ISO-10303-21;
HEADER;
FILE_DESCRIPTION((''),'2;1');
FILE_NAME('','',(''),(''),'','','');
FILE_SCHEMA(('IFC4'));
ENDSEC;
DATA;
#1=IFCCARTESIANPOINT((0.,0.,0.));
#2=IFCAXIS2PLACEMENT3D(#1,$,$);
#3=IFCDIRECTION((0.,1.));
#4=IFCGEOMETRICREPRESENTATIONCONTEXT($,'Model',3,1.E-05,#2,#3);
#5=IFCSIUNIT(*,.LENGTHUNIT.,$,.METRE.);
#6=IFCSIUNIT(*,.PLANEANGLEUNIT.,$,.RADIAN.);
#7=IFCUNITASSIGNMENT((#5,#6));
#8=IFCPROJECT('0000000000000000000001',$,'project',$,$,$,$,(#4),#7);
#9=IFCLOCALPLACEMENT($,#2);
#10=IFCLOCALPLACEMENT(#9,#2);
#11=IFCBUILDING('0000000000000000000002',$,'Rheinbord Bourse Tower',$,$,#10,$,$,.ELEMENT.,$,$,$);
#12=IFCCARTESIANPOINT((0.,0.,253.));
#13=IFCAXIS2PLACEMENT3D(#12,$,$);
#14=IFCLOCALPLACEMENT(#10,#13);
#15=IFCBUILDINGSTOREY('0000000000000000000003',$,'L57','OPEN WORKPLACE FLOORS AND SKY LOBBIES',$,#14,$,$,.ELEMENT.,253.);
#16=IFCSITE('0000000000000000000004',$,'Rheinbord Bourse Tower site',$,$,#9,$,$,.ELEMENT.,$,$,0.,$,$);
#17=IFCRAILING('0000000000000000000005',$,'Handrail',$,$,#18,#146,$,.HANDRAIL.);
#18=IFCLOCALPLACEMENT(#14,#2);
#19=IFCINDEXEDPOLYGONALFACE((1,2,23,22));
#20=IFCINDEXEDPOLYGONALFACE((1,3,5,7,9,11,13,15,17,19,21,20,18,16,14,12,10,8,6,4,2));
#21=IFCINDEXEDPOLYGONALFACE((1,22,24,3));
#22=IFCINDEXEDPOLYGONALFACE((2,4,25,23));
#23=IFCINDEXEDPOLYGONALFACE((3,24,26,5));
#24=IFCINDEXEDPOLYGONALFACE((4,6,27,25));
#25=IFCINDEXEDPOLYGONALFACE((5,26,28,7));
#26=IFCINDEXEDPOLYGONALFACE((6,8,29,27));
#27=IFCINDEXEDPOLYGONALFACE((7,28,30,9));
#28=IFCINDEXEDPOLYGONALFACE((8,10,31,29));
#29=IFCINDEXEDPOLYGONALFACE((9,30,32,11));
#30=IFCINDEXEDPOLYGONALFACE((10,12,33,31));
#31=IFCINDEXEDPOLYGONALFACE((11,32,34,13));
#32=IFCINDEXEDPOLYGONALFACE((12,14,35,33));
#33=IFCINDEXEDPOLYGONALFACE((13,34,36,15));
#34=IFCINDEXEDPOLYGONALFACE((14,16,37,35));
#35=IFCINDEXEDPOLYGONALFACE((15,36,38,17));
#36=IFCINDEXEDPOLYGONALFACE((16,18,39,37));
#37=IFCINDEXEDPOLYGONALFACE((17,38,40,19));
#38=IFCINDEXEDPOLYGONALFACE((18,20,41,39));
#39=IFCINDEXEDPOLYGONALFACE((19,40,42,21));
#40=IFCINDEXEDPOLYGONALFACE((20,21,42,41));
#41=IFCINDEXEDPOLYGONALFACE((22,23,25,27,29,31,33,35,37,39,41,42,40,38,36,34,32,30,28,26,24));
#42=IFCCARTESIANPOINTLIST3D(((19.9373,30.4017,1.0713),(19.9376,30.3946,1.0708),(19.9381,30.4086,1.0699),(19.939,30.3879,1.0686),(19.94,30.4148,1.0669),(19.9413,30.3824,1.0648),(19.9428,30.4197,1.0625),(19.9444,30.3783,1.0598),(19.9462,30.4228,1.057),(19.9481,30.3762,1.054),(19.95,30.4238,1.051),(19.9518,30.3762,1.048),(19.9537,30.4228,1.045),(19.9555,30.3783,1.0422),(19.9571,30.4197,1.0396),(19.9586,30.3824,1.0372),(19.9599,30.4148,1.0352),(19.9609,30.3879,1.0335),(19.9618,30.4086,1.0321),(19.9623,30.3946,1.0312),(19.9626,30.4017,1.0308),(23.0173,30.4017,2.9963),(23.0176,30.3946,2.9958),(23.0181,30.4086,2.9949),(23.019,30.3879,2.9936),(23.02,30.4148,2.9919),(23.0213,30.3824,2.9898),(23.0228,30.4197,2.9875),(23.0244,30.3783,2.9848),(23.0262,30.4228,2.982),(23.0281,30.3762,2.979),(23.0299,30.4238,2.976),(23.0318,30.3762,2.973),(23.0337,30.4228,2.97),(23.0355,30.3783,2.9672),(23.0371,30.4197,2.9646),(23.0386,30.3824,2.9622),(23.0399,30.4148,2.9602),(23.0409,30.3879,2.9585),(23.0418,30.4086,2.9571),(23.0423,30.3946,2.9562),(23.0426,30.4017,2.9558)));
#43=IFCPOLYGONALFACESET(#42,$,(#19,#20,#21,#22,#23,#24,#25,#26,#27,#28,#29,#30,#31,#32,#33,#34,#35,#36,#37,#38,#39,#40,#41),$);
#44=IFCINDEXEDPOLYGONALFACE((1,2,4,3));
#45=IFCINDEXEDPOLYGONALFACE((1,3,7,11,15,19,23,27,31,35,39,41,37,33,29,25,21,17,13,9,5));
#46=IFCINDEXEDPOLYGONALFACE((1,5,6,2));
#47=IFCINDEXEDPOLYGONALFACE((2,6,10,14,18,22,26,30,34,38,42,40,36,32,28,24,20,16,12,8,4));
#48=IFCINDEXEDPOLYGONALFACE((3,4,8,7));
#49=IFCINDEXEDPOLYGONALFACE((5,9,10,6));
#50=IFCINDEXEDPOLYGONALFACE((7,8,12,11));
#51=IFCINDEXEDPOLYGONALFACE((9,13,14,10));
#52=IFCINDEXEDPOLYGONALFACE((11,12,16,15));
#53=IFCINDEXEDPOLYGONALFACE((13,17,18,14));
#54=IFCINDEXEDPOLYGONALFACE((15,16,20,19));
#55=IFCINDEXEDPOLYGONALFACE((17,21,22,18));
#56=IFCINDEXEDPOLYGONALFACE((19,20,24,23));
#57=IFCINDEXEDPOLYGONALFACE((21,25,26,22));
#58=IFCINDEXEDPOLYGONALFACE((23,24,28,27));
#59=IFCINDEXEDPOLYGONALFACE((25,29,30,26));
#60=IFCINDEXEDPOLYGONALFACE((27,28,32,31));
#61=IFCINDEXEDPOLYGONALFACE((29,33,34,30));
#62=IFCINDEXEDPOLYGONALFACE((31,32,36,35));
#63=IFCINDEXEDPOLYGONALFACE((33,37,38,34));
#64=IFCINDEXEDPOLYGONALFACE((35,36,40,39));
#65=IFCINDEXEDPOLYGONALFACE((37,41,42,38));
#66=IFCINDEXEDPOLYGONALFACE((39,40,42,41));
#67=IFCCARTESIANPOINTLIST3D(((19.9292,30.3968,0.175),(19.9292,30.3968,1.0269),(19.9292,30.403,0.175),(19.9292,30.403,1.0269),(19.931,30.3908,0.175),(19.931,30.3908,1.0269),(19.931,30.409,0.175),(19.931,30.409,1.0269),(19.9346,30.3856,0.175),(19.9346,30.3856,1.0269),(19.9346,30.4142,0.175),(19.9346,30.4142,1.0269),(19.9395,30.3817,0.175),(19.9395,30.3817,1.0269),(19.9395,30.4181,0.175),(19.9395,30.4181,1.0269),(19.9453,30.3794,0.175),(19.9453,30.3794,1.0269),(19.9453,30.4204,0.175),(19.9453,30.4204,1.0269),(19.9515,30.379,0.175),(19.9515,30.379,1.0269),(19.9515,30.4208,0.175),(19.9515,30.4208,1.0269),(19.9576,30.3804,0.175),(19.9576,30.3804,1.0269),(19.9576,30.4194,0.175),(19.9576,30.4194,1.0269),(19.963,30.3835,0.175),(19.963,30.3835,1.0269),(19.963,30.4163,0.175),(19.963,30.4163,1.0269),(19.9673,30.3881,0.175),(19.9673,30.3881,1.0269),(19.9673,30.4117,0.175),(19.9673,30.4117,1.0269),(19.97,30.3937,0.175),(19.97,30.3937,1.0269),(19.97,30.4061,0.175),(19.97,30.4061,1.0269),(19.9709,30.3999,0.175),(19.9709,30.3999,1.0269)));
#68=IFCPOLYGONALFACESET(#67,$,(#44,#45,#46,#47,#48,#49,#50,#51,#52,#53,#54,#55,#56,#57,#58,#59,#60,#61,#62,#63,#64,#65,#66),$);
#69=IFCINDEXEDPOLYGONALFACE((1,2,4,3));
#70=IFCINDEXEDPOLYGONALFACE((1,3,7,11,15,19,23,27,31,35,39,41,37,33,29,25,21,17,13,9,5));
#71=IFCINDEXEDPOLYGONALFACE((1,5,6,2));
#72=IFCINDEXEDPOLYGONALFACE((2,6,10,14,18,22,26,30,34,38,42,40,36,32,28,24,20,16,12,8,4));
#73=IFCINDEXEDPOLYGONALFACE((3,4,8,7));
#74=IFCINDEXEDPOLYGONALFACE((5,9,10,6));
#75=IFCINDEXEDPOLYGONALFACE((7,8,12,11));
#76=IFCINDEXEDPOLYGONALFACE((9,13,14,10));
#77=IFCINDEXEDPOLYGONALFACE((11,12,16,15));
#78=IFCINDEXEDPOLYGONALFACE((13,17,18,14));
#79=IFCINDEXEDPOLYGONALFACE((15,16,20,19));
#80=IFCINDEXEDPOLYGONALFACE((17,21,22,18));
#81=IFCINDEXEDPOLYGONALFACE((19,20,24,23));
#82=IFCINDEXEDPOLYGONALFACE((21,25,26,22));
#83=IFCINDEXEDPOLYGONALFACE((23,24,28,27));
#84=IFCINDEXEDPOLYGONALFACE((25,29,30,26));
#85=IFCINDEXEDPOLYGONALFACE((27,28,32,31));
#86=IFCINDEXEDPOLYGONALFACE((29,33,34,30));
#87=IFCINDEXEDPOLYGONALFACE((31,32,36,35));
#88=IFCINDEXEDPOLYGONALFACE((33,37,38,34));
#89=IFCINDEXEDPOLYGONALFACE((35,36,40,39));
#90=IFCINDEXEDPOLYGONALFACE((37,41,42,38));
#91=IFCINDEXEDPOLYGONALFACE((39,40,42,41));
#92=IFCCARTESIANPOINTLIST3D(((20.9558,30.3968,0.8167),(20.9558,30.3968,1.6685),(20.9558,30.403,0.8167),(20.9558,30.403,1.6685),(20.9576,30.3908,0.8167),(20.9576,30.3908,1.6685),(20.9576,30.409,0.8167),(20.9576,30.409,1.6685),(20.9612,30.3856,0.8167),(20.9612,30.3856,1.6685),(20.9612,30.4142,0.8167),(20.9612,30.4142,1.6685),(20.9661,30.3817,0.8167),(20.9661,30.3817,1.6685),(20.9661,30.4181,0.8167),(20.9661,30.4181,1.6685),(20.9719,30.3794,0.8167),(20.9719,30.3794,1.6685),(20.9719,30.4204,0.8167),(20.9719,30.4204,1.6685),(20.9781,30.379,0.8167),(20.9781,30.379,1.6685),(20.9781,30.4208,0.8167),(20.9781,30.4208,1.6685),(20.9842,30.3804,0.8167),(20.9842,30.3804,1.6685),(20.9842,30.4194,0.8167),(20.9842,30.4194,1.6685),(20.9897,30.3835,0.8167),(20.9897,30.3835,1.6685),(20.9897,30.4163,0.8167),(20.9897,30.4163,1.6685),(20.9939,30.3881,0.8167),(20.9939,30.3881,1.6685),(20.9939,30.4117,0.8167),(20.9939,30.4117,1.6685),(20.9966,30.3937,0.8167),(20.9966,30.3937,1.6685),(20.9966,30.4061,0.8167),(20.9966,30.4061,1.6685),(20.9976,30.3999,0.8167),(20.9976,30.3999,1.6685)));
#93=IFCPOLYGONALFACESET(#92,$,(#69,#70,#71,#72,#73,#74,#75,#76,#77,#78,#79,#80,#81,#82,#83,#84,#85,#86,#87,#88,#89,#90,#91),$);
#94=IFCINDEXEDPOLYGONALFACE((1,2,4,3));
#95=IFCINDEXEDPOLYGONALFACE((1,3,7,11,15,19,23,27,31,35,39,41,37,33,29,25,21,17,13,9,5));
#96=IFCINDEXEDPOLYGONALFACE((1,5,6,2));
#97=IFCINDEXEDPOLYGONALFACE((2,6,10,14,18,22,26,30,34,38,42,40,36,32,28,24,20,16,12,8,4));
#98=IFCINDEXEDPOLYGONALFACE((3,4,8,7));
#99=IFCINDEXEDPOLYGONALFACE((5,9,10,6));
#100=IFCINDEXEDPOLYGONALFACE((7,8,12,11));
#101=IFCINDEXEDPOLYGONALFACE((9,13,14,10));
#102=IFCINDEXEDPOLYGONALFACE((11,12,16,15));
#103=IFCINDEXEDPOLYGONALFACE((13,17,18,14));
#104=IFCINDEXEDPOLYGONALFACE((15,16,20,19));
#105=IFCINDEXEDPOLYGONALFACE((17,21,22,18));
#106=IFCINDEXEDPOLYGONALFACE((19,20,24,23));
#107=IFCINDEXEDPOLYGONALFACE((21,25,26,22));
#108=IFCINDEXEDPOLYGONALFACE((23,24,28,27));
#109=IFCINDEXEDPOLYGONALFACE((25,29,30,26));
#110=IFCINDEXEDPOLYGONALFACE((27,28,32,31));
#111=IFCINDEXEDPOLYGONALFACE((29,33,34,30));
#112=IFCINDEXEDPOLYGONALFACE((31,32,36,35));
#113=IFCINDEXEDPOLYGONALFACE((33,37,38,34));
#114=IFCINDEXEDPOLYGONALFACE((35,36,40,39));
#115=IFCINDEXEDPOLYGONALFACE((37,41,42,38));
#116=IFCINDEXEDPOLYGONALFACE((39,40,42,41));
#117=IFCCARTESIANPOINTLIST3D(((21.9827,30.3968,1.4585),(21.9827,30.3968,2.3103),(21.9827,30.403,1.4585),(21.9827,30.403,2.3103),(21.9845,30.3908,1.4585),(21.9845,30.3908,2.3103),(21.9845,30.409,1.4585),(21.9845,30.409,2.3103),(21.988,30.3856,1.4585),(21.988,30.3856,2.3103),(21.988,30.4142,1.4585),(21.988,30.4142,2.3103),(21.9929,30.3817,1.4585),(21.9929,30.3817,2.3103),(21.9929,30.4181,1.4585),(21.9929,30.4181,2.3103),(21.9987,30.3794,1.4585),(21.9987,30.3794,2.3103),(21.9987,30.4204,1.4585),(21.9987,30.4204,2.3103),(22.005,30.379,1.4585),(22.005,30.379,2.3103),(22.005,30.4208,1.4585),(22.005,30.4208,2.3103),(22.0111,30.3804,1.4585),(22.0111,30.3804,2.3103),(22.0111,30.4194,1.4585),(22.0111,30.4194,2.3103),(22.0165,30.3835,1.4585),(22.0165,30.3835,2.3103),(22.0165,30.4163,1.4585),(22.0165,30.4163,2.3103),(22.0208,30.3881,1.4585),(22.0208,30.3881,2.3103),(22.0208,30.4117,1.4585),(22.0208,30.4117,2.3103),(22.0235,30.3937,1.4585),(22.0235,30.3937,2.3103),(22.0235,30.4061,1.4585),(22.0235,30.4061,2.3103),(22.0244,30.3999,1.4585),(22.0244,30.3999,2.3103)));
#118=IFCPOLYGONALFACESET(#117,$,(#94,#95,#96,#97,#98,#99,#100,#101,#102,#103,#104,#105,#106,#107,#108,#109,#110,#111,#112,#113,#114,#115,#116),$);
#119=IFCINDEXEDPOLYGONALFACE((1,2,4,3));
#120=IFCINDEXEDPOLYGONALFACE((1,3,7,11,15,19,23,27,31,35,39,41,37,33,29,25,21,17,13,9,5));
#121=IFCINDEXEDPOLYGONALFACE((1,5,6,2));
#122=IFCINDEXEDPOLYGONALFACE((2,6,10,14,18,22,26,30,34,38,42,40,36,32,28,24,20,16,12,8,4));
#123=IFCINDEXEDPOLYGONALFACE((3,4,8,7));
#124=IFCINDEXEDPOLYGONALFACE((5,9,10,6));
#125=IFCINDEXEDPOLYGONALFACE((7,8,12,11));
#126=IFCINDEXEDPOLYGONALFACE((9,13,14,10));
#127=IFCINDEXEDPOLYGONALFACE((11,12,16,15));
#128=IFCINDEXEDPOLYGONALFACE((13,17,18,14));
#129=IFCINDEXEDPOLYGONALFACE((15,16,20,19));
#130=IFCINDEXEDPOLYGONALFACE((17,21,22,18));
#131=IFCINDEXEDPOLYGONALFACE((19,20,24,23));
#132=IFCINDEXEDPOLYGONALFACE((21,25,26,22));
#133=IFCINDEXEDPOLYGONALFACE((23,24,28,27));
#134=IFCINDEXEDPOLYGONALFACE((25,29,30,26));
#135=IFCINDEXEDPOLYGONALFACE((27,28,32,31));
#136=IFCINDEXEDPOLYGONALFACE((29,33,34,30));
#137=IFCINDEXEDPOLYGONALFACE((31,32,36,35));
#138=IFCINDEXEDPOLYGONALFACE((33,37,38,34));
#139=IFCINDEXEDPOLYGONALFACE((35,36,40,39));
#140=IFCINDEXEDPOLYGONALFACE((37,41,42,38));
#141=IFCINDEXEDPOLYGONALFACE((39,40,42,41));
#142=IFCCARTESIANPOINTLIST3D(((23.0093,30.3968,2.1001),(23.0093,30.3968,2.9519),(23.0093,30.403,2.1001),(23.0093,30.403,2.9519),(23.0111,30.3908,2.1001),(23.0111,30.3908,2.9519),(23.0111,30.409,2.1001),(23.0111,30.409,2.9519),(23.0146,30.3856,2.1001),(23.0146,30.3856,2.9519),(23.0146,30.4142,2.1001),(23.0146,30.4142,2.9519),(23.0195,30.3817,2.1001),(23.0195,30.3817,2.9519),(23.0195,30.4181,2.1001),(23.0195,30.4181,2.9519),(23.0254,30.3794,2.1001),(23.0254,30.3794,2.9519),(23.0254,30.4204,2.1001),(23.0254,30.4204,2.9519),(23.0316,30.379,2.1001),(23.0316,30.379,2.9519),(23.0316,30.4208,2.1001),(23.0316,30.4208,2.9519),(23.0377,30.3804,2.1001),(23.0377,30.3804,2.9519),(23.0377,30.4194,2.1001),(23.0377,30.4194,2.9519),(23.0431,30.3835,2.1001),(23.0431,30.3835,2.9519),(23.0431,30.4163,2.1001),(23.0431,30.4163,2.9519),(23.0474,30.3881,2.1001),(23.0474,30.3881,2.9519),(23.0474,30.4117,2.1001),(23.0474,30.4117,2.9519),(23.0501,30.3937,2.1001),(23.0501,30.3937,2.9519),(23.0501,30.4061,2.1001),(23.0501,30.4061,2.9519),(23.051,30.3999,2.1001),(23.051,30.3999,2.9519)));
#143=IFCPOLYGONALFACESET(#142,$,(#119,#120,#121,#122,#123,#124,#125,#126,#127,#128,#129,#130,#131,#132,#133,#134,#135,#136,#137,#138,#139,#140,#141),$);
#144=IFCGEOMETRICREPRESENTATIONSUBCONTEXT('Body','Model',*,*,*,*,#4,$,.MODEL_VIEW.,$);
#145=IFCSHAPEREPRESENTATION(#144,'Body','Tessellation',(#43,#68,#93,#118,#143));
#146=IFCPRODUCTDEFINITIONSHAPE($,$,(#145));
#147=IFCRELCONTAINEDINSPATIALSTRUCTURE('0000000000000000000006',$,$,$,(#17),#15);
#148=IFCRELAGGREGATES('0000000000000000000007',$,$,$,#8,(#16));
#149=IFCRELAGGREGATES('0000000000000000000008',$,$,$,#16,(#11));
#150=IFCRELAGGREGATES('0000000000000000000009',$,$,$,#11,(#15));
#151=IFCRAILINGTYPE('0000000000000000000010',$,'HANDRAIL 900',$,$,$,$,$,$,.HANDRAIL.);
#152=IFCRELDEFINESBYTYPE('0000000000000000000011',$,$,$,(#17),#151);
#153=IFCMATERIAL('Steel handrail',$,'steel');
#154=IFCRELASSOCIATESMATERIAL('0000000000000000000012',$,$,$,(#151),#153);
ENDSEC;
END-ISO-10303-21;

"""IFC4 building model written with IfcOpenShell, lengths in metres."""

from ifc_helpers import new_model, si_unit, direction, frame, origin, origin_2d, place, context, subcontext, project, spatial, circle, extrude, material, type_object, element, save


model = new_model("IFC4")

# Units and contexts
model_context = context("Model", 3, precision=1e-05, world=origin(), true_north=direction((0.0, 1.0)))
body_context = subcontext(model_context, "Body", "Model", "MODEL_VIEW")
ifc_project = project(units=[si_unit("LENGTHUNIT", "METRE"), si_unit("PLANEANGLEUNIT", "RADIAN")], contexts=[model_context])

# Site, building, storey
site_placement = place(None, origin())
site = spatial("IfcSite", under=ifc_project, at=site_placement, Name="Rheinbord Bourse Tower site", CompositionType="ELEMENT", RefElevation=0.0)
building_placement = place(site_placement, origin())
building = spatial("IfcBuilding", under=site, at=building_placement, Name="Rheinbord Bourse Tower", CompositionType="ELEMENT")
storey_placement = place(building_placement, frame((0.0, 0.0, 253.0)))
storey = spatial("IfcBuildingStorey", under=building, at=storey_placement, Name="L57", Description="OPEN WORKPLACE FLOORS AND SKY LOBBIES", CompositionType="ELEMENT", Elevation=253.0)

# Railing
ifc_material_1 = material(Name="Steel handrail", Category="steel")
railing_type = type_object("IfcRailingType", Name="HANDRAIL 900", PredefinedType="HANDRAIL", material=ifc_material_1)
railing_1_placement = place(storey_placement, frame((19.95, 30.3999, 0.175)))
element("IfcRailing", 1, at=railing_1_placement, inside=storey, type_object=railing_type, Name="Handrail", PredefinedType="HANDRAIL", context=body_context, shape_type="SweptSolid", body=[
    extrude(circle(Radius=0.0239, at=origin_2d()), frame((0.0, 0.0, 0.876), z_axis=(0.847998, 0.0, 0.529999), x_axis=(0.0, 1.0, 0.0)), (0.0, 0.0, 1.0), 3.6321),
    extrude(circle(Radius=0.021, at=origin_2d()), origin(), (0.0, 0.0, 1.0), 0.8518),
    extrude(circle(Radius=0.021, at=origin_2d()), frame((1.0266, 0.0, 0.6416)), (0.0, 0.0, 1.0), 0.8518),
    extrude(circle(Radius=0.021, at=origin_2d()), frame((2.0535, 0.0, 1.2834)), (0.0, 0.0, 1.0), 0.8518),
    extrude(circle(Radius=0.021, at=origin_2d()), frame((3.0801, 0.0, 1.925)), (0.0, 0.0, 1.0), 0.8518),
])

save(model, "model.ifc")
